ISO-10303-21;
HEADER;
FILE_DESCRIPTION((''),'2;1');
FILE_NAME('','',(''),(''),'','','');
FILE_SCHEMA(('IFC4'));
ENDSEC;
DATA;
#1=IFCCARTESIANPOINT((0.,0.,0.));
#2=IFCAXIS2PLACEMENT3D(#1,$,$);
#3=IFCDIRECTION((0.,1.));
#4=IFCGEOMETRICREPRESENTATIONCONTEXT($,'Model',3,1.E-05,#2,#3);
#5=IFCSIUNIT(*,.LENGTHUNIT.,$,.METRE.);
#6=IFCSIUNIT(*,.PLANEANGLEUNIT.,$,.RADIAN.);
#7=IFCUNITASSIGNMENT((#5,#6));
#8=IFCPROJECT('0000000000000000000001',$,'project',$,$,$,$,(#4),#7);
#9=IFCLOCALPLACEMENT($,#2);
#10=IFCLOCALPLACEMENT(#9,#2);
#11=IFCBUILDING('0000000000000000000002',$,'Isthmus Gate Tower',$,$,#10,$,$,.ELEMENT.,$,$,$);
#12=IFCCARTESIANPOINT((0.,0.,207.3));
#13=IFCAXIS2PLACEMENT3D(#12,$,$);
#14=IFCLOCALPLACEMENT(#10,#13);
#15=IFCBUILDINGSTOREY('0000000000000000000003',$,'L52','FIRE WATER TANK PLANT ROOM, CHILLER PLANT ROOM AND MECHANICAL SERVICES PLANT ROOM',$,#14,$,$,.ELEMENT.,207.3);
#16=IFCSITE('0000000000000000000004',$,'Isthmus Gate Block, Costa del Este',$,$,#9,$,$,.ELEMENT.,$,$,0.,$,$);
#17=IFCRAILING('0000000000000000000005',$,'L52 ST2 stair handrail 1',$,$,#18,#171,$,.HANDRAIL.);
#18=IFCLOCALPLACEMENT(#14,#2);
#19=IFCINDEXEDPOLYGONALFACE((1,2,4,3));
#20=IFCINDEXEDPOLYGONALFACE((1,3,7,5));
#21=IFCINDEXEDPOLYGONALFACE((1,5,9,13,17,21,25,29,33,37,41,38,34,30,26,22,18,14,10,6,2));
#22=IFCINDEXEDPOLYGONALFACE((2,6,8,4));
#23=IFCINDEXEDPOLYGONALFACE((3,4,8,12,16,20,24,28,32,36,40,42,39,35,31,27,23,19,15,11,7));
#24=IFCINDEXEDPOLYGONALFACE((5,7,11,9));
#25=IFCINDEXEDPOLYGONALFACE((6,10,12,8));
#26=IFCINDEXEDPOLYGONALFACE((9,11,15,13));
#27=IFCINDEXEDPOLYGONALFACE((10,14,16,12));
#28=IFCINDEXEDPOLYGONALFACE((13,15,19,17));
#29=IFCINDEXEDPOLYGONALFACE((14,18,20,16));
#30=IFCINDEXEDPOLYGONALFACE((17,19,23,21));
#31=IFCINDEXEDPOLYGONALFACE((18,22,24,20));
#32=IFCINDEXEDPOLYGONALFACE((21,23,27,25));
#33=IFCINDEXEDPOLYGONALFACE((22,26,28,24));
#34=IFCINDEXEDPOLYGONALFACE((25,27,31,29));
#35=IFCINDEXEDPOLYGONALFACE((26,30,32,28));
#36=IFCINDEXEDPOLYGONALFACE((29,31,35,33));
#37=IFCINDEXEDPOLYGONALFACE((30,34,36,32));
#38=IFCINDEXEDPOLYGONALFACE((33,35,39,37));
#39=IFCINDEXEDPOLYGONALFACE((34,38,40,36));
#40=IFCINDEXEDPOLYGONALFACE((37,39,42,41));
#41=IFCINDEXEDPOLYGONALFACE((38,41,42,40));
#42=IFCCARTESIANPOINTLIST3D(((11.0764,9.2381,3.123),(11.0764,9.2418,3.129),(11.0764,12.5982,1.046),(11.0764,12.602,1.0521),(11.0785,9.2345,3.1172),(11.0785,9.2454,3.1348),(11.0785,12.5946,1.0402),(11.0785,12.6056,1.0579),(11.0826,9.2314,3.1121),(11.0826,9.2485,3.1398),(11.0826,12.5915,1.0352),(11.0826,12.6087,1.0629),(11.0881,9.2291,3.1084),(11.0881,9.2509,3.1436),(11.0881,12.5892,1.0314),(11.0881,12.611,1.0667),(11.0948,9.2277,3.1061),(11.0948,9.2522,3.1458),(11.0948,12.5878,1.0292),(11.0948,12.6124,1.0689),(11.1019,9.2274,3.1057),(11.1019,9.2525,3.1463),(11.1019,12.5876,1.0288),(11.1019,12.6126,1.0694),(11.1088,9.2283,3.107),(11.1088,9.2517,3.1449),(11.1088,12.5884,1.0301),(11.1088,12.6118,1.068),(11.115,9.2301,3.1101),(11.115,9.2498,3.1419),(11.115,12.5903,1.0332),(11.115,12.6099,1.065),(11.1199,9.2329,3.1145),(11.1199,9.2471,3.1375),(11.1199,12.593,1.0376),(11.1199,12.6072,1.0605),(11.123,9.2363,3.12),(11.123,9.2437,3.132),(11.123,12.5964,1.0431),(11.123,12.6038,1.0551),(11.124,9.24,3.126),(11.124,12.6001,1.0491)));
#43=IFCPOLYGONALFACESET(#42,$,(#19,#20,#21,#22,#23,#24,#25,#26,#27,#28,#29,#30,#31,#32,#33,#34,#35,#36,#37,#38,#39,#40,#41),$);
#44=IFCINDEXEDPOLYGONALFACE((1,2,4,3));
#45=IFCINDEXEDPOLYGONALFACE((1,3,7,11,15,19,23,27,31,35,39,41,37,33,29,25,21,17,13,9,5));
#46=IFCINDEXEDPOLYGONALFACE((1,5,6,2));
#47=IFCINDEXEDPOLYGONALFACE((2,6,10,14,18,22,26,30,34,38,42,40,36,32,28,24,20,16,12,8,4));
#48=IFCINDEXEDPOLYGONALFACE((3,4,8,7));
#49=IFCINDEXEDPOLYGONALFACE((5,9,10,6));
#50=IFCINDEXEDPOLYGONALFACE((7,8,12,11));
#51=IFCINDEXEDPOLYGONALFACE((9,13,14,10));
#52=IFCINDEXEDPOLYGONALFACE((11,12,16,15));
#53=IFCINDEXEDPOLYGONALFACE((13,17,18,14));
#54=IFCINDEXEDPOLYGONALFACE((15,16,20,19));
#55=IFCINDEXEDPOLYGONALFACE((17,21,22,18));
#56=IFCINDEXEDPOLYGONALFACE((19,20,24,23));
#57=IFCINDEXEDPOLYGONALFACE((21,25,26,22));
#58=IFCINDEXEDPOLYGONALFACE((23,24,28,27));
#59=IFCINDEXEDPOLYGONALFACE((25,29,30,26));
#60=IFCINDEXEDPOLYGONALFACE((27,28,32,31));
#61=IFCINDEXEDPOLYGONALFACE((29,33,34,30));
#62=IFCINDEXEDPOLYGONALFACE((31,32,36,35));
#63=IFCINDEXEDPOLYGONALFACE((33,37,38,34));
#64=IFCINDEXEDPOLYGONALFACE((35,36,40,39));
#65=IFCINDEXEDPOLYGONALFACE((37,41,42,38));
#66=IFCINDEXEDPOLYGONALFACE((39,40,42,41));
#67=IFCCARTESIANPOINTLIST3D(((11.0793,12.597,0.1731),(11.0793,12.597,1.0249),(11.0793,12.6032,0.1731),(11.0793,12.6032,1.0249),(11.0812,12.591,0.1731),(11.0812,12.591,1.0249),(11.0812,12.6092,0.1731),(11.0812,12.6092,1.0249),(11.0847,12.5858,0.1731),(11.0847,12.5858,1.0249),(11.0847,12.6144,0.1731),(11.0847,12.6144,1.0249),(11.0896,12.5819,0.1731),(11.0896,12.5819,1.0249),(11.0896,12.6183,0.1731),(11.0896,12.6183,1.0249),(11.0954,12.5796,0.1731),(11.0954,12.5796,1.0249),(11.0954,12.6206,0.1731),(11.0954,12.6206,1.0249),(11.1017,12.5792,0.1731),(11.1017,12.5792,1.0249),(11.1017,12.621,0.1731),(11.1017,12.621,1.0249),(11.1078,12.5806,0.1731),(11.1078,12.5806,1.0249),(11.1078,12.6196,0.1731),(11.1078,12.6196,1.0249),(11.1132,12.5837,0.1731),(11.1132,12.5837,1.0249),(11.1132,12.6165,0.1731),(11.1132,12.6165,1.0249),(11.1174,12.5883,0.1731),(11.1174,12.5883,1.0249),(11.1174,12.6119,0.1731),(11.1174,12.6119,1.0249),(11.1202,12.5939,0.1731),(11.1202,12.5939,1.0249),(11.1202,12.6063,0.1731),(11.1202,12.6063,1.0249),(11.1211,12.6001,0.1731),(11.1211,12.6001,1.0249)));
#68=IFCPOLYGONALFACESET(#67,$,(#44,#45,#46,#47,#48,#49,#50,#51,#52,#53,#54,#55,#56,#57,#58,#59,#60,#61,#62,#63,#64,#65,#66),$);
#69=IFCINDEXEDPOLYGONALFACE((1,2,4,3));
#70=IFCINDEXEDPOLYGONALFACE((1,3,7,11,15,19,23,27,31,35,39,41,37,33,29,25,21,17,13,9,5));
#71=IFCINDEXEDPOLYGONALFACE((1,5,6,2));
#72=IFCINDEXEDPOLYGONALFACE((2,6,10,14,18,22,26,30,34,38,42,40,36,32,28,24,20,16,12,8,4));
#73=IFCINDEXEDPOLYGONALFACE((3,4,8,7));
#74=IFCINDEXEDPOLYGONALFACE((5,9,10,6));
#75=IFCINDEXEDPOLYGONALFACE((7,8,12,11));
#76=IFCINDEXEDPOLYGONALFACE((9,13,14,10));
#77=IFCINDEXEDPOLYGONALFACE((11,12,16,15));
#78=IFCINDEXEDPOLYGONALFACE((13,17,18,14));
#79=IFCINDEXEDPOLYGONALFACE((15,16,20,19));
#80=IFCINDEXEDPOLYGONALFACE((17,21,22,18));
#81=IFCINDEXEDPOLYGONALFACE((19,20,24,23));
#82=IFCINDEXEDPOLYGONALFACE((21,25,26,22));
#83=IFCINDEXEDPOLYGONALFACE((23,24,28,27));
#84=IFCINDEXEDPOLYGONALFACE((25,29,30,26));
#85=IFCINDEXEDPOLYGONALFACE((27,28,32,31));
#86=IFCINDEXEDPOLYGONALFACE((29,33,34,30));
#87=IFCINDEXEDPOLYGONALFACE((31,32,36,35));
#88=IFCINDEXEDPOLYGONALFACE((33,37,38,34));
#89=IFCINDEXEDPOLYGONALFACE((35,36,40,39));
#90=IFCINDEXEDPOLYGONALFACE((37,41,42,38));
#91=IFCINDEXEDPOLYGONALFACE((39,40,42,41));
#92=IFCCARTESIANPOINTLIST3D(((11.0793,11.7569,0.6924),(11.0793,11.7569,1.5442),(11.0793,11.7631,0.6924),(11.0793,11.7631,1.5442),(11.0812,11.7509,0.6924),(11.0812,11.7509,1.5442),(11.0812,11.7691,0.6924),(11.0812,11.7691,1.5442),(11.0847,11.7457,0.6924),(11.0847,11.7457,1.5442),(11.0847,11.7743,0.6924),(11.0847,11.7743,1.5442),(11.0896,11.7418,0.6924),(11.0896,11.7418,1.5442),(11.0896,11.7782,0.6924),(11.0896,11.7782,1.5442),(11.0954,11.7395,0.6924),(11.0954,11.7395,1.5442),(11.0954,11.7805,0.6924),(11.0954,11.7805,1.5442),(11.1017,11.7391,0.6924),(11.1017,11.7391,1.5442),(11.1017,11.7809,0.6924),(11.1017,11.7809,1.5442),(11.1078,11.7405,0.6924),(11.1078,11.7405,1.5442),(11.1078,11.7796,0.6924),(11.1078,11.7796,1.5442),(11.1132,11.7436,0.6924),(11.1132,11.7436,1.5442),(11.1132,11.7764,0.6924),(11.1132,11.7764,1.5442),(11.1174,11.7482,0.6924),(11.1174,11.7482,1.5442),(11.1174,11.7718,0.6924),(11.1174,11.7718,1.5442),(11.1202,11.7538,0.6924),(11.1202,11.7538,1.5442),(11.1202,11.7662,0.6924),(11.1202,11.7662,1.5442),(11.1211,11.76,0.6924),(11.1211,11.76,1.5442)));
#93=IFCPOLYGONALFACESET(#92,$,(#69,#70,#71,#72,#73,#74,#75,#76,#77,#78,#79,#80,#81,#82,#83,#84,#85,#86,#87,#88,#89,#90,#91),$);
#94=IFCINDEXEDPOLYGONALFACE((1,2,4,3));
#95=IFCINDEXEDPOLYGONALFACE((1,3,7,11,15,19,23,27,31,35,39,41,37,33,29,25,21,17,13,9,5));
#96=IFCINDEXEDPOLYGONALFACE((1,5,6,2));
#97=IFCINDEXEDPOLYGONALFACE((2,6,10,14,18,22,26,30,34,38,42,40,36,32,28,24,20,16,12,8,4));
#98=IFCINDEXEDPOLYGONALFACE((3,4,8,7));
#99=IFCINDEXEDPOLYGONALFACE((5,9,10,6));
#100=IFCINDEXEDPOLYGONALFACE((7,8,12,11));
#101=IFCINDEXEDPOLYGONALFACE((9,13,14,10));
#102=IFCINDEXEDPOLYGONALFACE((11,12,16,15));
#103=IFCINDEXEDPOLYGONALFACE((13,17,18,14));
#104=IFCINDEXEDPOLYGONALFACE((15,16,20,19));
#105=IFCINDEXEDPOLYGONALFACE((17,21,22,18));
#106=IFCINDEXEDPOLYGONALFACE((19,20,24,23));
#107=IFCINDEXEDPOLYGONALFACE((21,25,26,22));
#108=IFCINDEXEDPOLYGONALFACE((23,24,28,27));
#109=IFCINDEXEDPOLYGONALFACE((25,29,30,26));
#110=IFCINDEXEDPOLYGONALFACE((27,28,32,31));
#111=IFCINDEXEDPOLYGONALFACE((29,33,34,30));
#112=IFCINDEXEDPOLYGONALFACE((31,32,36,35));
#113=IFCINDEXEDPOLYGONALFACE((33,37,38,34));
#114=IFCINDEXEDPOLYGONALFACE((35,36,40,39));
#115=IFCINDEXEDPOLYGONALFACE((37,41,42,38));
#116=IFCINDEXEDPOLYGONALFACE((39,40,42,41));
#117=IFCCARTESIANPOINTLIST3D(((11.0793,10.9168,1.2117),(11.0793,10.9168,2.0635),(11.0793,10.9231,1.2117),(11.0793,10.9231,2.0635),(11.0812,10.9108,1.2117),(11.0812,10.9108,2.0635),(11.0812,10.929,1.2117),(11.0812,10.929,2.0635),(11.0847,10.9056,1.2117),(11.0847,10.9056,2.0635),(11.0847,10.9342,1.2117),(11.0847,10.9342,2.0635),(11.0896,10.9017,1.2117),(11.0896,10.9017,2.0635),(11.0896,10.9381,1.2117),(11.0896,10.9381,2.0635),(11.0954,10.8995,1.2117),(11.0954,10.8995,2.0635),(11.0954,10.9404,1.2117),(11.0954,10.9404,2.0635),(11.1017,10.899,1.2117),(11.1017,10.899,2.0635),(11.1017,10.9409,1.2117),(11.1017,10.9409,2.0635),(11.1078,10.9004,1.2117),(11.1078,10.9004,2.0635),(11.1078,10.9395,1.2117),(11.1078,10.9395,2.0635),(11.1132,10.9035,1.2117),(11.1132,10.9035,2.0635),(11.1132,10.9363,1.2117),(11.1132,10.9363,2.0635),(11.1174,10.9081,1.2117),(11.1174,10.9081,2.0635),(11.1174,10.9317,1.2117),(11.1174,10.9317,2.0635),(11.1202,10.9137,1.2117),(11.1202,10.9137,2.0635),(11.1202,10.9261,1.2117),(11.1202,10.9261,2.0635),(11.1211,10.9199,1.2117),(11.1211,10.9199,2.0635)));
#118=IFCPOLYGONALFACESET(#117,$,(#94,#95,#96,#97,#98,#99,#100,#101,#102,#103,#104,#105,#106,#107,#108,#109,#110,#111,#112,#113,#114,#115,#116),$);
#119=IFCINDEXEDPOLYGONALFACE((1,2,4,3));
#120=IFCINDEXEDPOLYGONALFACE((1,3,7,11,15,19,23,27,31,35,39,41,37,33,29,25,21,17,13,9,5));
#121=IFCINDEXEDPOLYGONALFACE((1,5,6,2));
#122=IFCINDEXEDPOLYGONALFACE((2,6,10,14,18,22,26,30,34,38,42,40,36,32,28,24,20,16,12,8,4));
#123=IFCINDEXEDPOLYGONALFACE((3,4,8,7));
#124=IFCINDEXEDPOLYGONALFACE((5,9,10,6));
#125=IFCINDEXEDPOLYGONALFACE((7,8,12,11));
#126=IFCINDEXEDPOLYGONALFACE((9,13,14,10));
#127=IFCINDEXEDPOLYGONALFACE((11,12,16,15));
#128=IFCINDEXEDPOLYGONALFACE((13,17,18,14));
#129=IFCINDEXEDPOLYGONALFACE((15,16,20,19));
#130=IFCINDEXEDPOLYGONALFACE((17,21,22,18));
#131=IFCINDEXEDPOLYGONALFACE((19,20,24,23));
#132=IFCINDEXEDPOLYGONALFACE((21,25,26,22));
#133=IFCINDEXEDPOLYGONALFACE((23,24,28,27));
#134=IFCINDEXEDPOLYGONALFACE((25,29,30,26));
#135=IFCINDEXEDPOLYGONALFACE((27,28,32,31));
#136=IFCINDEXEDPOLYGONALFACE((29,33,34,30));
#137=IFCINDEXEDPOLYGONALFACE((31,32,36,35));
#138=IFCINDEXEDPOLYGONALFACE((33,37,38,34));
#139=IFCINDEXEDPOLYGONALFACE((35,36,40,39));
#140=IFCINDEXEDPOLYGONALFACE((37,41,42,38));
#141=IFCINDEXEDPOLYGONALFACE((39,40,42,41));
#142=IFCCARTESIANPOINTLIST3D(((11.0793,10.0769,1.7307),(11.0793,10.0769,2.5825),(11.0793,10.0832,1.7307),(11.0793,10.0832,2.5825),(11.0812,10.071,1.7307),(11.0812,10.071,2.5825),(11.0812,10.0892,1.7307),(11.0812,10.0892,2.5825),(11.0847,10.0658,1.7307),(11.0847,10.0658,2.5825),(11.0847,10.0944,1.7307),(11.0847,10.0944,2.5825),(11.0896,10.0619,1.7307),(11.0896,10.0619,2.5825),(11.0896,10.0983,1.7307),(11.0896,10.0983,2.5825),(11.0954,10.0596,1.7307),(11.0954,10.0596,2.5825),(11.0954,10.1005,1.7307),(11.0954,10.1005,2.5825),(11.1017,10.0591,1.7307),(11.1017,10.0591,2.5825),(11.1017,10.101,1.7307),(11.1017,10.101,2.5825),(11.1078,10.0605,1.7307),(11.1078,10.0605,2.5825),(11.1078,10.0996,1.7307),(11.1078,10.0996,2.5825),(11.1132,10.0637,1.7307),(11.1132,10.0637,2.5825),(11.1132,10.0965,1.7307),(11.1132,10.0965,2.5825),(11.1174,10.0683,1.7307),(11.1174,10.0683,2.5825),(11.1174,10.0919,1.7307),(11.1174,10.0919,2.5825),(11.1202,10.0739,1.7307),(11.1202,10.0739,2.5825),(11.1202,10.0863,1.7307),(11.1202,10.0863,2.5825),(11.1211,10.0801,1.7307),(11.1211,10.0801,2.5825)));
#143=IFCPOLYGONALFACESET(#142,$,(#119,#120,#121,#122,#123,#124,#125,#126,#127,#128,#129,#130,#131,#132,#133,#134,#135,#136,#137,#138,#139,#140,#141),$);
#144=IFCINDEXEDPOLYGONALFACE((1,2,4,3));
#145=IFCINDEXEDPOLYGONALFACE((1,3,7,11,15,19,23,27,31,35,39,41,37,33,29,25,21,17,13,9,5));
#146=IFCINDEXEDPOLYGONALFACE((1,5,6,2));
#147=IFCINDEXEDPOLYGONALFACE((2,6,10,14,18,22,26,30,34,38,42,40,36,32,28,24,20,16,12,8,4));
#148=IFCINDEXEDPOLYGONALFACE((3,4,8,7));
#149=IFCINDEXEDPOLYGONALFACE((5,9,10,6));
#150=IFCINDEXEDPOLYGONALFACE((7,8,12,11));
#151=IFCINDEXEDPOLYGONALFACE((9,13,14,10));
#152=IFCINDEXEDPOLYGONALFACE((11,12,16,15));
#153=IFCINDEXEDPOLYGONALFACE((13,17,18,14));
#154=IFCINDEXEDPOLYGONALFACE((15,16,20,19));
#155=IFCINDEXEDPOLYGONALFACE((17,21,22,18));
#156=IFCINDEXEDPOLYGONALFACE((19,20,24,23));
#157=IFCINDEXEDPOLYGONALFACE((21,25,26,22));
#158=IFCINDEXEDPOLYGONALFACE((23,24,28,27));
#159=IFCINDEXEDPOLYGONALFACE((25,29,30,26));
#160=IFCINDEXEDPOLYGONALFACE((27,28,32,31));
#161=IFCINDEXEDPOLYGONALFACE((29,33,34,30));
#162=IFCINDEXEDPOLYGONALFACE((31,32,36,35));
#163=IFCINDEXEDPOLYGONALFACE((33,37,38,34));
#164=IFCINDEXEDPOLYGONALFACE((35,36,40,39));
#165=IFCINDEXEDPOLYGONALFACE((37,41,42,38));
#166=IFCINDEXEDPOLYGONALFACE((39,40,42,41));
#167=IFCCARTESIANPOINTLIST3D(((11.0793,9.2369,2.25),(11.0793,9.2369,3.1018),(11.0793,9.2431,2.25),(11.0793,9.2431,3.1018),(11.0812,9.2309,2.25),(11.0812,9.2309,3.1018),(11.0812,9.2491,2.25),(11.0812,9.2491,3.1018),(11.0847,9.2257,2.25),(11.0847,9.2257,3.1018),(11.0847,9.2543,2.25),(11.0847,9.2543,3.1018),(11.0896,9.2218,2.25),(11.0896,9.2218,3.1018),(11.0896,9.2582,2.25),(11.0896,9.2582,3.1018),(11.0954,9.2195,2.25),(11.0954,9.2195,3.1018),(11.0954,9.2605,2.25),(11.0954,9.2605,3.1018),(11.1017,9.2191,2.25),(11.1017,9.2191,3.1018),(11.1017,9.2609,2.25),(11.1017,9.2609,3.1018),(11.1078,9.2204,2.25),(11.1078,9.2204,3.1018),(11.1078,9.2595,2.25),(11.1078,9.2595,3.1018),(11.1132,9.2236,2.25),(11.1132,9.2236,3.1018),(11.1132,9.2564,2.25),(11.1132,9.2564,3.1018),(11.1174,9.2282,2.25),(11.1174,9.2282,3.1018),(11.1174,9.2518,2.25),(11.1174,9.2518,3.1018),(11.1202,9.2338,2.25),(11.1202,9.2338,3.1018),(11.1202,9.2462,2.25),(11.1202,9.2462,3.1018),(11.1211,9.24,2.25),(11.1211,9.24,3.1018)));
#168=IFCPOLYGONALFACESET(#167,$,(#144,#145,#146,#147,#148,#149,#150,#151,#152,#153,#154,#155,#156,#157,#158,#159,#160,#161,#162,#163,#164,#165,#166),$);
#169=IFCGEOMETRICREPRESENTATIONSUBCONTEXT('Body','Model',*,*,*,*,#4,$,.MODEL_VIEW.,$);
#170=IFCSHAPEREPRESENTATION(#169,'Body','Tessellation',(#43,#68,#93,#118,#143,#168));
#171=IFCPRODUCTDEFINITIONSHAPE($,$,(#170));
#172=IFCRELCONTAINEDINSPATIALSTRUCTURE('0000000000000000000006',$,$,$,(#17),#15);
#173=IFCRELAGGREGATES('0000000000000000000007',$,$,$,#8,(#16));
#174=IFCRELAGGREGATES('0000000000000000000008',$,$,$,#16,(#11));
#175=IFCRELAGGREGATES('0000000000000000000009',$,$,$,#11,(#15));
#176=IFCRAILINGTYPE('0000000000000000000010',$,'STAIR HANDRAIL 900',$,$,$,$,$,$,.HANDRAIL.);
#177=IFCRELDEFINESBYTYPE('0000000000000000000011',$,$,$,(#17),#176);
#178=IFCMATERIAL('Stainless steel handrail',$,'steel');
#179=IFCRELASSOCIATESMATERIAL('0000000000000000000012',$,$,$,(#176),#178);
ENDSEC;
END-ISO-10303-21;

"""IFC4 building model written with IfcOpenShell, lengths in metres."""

from ifc_helpers import new_model, si_unit, direction, frame, origin, origin_2d, place, context, subcontext, project, spatial, circle, extrude, material, type_object, element, save


model = new_model("IFC4")

# Units and contexts
model_context = context("Model", 3, precision=1e-05, world=origin(), true_north=direction((0.0, 1.0)))
body_context = subcontext(model_context, "Body", "Model", "MODEL_VIEW")
ifc_project = project(units=[si_unit("LENGTHUNIT", "METRE"), si_unit("PLANEANGLEUNIT", "RADIAN")], contexts=[model_context])

# Site, building, storey
site_placement = place(None, origin())
site = spatial("IfcSite", under=ifc_project, at=site_placement, Name="Isthmus Gate Block, Costa del Este", CompositionType="ELEMENT", RefElevation=0.0)
building_placement = place(site_placement, origin())
building = spatial("IfcBuilding", under=site, at=building_placement, Name="Isthmus Gate Tower", CompositionType="ELEMENT")
storey_placement = place(building_placement, frame((0.0, 0.0, 207.3)))
storey = spatial("IfcBuildingStorey", under=building, at=storey_placement, Name="L52", Description="FIRE WATER TANK PLANT ROOM, CHILLER PLANT ROOM AND MECHANICAL SERVICES PLANT ROOM", CompositionType="ELEMENT", Elevation=207.3)

# Railing
ifc_material_1 = material(Name="Stainless steel handrail", Category="steel")
railing_type_1 = type_object("IfcRailingType", Name="STAIR HANDRAIL 900", PredefinedType="HANDRAIL", material=ifc_material_1)
railing_1_placement = place(storey_placement, frame((11.1001, 12.6001, 0.1731)))
element("IfcRailing", 1, at=railing_1_placement, inside=storey, type_object=railing_type_1, Name="L52 ST2 stair handrail 1", PredefinedType="HANDRAIL", context=body_context, shape_type="SweptSolid", body=[
    extrude(circle(Radius=0.0239, at=origin_2d()), frame((0.0, 0.0, 0.876), z_axis=(0.0, -0.850623, 0.525776), x_axis=(1.0, 0.0, 0.0)), (0.0, 0.0, 1.0), 3.9502),
    extrude(circle(Radius=0.021, at=origin_2d()), origin(), (0.0, 0.0, 1.0), 0.8518),
    extrude(circle(Radius=0.021, at=origin_2d()), frame((0.0, -0.8401, 0.5193)), (0.0, 0.0, 1.0), 0.8518),
    extrude(circle(Radius=0.021, at=origin_2d()), frame((0.0, -1.6802, 1.0386)), (0.0, 0.0, 1.0), 0.8518),
    extrude(circle(Radius=0.021, at=origin_2d()), frame((0.0, -2.52, 1.5576)), (0.0, 0.0, 1.0), 0.8518),
    extrude(circle(Radius=0.021, at=origin_2d()), frame((0.0, -3.3601, 2.0769)), (0.0, 0.0, 1.0), 0.8518),
])

save(model, "model.ifc")
